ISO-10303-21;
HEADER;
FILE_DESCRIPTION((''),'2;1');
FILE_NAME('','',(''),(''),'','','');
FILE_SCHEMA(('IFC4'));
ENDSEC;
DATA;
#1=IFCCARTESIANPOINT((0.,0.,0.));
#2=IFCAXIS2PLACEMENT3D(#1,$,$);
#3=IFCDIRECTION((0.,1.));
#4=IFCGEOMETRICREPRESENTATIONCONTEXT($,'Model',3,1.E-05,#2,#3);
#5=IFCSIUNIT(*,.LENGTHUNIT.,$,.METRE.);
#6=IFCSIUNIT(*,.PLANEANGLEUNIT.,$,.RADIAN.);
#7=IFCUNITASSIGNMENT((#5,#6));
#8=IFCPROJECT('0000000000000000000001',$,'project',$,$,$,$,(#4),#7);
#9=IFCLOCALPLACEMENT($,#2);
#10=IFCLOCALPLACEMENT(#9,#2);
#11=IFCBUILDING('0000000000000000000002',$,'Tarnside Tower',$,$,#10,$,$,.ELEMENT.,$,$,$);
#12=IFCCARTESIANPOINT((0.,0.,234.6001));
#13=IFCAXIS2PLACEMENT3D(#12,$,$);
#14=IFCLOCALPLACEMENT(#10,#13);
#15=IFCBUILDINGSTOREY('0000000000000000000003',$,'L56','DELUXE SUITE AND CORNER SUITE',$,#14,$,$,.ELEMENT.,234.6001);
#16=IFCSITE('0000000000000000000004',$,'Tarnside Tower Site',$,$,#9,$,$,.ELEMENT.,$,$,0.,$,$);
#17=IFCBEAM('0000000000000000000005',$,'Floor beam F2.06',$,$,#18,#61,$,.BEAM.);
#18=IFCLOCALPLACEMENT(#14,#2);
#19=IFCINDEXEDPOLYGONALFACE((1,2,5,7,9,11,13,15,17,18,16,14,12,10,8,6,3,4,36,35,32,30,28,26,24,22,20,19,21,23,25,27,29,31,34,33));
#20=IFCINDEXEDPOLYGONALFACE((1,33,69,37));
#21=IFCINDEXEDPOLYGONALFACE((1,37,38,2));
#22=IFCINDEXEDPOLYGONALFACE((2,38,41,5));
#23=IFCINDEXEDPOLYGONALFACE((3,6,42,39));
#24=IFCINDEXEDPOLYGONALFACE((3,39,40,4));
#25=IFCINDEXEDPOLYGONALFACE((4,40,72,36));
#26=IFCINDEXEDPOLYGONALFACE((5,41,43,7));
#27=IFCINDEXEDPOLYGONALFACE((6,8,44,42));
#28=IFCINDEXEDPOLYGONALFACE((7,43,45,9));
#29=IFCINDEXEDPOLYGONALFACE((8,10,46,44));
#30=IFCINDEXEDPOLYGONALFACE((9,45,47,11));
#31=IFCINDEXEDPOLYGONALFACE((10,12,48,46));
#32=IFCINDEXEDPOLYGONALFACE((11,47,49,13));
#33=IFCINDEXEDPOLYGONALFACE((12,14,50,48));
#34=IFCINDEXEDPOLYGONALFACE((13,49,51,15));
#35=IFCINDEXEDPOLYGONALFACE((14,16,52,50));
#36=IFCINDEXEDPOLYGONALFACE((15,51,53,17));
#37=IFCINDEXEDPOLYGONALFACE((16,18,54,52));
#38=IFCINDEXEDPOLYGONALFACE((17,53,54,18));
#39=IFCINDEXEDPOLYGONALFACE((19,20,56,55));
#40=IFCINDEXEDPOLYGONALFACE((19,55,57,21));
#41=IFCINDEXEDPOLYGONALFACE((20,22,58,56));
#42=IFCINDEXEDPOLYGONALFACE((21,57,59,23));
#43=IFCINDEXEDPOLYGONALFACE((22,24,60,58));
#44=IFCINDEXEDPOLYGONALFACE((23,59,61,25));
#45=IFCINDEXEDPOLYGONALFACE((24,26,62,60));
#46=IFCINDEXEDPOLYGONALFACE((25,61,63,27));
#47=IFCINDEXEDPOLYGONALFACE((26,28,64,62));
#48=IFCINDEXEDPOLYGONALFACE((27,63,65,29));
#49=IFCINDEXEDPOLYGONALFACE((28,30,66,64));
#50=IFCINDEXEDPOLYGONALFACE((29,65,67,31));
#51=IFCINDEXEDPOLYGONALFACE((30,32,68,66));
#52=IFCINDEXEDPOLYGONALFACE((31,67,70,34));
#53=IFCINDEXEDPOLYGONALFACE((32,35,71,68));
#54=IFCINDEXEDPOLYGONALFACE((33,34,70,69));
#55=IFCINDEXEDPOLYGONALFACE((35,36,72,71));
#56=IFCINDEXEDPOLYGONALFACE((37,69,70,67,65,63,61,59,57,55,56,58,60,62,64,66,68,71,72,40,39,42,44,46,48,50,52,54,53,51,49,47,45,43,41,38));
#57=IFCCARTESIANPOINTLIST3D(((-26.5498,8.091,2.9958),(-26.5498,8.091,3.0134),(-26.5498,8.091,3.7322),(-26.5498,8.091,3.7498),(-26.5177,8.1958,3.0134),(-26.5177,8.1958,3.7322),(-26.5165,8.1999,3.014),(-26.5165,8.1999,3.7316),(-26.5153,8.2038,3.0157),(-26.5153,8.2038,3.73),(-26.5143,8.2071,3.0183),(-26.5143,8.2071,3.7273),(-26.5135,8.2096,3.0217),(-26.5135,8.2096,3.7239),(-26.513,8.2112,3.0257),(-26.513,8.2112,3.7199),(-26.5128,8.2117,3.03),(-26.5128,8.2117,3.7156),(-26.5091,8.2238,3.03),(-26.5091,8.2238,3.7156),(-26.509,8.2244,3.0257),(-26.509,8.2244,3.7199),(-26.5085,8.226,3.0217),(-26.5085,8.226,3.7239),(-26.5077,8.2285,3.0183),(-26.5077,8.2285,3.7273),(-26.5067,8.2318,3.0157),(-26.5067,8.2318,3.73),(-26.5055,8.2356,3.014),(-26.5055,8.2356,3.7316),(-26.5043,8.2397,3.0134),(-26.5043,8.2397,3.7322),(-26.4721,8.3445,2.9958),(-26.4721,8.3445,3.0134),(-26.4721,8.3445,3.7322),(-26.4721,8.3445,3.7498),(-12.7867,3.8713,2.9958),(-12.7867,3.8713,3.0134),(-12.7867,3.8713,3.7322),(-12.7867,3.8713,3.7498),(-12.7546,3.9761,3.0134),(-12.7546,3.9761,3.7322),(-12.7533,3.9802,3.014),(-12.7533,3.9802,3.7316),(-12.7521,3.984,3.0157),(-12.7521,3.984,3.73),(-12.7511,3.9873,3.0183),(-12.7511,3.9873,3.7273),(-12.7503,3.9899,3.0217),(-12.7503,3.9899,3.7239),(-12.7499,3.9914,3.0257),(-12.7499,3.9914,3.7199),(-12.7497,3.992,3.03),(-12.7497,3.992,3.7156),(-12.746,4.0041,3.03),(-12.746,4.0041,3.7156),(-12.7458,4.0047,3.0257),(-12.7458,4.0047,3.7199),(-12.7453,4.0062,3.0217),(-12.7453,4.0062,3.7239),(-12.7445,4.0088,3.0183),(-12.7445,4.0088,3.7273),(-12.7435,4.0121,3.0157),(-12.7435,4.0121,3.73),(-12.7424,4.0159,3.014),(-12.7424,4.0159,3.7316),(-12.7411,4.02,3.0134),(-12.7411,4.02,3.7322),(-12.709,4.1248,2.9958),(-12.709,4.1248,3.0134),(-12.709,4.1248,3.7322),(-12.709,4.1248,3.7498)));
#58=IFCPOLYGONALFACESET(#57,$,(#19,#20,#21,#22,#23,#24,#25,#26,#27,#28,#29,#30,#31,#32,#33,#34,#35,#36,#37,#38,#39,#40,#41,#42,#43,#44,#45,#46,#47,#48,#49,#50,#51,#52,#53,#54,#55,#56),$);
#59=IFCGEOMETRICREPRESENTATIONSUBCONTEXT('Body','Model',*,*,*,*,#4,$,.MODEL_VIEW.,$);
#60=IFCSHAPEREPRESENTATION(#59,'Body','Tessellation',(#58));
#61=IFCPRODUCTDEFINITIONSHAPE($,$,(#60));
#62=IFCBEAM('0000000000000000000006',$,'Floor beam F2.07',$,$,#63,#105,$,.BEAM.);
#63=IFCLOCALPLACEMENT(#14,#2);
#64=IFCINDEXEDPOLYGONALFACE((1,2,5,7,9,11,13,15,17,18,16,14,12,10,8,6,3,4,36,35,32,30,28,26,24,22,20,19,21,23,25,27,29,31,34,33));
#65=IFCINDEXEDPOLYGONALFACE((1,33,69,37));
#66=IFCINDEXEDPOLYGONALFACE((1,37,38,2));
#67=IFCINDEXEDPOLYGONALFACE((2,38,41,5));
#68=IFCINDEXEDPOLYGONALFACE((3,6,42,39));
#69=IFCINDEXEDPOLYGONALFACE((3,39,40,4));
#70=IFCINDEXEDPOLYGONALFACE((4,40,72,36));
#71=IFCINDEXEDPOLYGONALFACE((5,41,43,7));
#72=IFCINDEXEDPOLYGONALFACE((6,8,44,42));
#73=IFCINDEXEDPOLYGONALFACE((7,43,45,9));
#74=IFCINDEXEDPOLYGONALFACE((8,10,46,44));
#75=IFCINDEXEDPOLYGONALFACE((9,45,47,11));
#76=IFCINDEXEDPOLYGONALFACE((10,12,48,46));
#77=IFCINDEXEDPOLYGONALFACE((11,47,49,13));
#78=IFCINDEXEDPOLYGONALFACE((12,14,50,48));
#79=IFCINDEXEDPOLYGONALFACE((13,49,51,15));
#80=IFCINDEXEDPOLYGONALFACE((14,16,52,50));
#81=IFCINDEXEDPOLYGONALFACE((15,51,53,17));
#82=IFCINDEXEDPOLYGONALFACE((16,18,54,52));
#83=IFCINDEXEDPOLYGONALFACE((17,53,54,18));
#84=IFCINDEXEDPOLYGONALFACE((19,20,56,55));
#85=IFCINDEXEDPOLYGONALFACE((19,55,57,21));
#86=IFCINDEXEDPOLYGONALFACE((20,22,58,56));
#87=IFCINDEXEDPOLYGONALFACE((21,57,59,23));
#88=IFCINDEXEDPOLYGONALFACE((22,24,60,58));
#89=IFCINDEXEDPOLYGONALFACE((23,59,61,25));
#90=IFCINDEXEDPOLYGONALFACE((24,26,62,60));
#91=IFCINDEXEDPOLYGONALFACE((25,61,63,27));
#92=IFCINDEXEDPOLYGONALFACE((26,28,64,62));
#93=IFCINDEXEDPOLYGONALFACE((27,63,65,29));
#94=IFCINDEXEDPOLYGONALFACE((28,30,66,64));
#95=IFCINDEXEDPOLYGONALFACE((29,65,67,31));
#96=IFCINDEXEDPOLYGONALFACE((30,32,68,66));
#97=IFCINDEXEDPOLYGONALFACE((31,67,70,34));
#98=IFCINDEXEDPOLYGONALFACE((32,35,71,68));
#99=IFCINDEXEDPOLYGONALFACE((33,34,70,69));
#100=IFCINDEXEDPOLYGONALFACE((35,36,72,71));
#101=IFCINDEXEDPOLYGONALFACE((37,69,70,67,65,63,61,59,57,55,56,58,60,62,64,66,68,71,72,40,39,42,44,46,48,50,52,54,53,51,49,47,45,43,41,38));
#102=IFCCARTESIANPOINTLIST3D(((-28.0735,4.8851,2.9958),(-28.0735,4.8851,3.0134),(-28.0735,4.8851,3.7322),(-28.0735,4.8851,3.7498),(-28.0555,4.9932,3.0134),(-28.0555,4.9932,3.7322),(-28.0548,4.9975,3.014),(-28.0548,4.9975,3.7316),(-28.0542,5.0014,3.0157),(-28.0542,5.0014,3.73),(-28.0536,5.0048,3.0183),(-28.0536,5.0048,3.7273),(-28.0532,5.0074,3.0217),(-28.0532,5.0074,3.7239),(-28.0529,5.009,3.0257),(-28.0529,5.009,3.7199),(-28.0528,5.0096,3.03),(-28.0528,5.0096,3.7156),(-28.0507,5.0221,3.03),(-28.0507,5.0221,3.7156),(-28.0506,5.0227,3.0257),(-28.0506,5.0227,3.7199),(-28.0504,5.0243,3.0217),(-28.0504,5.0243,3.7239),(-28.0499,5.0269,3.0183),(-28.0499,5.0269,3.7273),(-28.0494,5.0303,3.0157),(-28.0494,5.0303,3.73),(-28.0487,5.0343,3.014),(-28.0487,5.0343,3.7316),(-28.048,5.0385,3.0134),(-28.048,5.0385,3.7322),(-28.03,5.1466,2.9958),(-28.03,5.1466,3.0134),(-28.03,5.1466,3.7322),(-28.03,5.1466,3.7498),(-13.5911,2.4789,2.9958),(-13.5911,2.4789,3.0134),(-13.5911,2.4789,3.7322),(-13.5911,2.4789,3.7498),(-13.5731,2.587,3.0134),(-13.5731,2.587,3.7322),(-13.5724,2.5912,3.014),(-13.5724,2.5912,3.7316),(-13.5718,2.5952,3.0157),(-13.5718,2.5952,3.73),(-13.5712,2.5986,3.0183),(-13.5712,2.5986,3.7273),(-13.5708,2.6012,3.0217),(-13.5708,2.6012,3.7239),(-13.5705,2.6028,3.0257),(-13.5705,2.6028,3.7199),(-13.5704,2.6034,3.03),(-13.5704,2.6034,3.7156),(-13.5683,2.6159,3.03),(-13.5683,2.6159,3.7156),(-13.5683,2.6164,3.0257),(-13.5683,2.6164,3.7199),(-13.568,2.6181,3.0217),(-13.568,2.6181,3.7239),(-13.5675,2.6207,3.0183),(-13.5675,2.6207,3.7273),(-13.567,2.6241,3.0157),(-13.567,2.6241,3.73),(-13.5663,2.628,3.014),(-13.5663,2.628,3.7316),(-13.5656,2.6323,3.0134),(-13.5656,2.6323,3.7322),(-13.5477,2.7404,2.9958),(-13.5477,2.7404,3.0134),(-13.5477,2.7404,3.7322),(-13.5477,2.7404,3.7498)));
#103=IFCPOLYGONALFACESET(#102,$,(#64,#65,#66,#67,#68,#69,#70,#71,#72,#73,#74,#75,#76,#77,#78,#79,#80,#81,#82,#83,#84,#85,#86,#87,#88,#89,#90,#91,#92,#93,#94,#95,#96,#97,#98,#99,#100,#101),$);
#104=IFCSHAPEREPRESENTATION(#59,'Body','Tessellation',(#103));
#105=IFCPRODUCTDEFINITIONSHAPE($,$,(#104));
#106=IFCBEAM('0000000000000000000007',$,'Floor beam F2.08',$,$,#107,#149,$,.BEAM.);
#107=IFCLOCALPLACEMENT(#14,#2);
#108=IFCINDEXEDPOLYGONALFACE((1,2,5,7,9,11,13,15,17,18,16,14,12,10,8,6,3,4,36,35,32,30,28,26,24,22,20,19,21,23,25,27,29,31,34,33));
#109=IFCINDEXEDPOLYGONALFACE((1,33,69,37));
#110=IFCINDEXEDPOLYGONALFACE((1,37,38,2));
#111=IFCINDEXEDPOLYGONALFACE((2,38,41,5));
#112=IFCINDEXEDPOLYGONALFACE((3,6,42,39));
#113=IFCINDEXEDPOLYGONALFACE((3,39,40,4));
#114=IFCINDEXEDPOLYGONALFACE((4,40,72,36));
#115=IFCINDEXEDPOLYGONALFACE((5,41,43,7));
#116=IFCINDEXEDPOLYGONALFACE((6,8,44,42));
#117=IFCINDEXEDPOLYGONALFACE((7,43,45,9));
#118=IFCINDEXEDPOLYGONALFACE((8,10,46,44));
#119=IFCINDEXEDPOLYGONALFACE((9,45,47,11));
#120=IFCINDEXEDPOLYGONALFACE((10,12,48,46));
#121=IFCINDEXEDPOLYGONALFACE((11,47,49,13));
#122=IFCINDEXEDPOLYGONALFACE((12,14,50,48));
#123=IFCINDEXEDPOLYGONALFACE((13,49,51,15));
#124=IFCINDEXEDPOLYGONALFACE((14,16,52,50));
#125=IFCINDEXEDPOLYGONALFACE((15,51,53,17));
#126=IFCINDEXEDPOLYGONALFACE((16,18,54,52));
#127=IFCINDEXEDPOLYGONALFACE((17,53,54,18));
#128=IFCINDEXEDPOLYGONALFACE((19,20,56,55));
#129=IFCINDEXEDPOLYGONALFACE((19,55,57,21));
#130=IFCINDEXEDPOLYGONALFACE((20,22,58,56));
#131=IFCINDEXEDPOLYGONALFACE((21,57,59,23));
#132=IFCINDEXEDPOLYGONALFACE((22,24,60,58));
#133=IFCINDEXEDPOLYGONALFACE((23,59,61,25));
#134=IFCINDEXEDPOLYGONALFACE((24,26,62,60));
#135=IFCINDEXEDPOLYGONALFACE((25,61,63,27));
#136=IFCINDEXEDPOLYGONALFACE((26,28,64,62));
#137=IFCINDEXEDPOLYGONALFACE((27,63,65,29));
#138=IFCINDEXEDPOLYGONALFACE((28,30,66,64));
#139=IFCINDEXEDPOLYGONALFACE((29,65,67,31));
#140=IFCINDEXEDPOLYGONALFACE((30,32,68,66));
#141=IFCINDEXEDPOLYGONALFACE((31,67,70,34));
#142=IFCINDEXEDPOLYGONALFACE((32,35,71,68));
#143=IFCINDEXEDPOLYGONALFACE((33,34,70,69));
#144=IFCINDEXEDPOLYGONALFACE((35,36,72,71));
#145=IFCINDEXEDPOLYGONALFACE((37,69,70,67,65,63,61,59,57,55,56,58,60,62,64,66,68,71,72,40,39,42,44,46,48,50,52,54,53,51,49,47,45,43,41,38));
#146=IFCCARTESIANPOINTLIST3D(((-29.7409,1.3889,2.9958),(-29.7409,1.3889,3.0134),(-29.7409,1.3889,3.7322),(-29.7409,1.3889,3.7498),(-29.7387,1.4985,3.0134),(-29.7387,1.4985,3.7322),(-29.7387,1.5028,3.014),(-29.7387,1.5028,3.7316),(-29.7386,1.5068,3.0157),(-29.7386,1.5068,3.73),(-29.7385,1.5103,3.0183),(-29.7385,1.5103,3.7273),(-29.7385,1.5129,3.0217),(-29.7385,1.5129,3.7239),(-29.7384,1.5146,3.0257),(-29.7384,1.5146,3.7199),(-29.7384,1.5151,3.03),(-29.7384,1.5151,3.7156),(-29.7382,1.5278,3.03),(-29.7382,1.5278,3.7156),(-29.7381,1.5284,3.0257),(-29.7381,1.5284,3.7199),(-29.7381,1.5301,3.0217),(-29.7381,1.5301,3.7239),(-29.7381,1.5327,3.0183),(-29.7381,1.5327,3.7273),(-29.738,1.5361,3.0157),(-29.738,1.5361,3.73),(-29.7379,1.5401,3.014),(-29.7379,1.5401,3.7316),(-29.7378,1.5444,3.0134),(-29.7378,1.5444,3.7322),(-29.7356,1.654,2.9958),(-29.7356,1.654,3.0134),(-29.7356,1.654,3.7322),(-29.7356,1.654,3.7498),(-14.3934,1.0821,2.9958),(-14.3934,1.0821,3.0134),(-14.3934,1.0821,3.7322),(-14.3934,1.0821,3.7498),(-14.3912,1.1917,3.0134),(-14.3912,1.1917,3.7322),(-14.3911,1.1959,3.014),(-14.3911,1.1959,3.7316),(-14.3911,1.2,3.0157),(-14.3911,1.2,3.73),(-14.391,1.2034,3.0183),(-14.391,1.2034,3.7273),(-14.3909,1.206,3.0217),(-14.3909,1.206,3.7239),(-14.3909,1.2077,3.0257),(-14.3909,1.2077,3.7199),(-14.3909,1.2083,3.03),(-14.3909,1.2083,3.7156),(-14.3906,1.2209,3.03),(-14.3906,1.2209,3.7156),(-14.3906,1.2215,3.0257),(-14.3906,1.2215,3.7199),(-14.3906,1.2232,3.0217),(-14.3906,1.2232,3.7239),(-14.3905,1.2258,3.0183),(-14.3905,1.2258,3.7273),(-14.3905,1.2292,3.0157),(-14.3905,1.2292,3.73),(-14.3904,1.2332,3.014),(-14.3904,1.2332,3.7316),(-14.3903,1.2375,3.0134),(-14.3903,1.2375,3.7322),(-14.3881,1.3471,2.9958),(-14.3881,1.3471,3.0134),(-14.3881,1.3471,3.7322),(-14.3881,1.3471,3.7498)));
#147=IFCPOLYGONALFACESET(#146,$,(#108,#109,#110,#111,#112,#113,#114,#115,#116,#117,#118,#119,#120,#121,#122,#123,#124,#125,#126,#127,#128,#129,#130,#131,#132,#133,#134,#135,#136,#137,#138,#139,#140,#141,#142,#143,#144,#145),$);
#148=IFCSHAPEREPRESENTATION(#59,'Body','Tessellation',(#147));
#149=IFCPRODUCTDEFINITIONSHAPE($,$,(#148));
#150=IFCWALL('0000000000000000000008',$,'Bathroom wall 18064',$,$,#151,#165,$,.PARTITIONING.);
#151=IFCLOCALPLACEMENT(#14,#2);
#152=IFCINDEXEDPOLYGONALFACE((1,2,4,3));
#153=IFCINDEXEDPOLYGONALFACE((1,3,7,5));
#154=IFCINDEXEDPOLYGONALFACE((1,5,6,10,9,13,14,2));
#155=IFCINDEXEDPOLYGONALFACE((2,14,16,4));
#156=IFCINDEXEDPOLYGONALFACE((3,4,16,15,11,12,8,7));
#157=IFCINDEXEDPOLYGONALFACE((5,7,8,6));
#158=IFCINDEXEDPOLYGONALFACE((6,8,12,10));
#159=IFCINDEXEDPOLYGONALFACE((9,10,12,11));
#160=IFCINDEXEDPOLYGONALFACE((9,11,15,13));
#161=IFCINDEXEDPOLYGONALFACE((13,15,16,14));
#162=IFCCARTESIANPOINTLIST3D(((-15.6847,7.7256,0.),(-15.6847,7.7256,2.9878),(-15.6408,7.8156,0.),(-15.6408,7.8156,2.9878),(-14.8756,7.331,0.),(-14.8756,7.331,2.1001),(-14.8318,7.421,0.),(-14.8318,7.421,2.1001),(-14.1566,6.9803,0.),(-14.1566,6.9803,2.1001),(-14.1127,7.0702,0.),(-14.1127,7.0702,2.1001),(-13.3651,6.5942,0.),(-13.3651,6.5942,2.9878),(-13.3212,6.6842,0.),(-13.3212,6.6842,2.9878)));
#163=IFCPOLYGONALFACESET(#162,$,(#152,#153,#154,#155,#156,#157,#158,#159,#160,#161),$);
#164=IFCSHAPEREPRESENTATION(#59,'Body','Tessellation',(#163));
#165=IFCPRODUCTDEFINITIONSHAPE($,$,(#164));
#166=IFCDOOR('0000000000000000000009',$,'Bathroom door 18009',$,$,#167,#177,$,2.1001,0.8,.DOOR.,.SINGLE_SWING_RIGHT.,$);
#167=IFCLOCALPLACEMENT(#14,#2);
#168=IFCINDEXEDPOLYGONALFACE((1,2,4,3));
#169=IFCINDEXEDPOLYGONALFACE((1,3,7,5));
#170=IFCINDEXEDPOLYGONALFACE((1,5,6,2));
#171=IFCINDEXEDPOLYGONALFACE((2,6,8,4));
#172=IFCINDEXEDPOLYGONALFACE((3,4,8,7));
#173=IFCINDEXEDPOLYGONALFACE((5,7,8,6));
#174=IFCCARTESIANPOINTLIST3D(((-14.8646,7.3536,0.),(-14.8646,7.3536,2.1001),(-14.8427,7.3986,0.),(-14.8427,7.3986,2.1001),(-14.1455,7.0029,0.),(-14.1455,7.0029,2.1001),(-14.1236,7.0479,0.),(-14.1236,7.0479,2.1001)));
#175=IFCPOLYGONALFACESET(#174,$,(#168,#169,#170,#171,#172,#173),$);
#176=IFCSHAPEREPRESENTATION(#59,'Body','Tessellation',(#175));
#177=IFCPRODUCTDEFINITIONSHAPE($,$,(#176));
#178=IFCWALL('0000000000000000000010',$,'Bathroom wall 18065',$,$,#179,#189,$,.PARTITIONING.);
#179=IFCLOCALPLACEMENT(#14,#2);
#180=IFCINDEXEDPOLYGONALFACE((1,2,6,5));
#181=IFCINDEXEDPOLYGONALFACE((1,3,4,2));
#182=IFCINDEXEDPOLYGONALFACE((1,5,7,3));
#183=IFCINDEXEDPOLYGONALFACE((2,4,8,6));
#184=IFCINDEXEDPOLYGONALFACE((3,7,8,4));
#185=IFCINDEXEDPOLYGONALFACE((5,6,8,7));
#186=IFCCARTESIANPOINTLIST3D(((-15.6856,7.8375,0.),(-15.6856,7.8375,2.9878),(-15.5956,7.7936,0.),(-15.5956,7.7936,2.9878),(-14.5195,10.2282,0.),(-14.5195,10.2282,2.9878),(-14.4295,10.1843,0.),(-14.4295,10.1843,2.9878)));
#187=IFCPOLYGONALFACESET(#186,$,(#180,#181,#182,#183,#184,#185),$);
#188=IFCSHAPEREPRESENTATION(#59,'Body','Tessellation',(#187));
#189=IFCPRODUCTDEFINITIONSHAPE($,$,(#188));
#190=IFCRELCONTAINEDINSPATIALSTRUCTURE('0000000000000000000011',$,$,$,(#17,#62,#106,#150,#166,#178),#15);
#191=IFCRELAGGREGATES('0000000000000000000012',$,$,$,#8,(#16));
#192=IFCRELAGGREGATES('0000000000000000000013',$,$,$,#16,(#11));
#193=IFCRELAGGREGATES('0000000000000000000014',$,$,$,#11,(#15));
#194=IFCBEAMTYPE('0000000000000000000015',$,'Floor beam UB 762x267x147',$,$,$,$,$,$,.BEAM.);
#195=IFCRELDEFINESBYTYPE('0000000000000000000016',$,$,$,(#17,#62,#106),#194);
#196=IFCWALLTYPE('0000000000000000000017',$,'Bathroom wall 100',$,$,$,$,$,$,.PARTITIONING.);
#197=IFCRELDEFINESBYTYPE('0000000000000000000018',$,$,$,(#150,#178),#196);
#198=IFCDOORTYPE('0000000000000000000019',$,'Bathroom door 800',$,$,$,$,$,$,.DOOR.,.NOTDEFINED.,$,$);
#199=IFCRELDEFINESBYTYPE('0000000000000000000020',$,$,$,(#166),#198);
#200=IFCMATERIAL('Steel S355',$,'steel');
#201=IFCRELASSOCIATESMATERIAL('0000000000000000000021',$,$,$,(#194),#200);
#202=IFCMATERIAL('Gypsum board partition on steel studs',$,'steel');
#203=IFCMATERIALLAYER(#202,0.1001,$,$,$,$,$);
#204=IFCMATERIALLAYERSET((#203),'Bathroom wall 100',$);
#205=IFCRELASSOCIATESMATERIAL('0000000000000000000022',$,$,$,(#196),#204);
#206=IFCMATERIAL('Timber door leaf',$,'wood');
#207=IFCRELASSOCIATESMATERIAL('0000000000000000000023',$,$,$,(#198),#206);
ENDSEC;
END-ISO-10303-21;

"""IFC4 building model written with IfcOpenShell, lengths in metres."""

from ifc_helpers import new_model, si_unit, direction, frame, frame_2d, origin, origin_2d, place, context, subcontext, project, spatial, rectangle, i_section, extrude, material, layer, layer_set, material_profile, profile_set, type_object, element, fill, save


model = new_model("IFC4")

# Units and contexts
model_context = context("Model", 3, precision=1e-05, world=origin(), true_north=direction((0.0, 1.0)))
body_context = subcontext(model_context, "Body", "Model", "MODEL_VIEW")
ifc_project = project(units=[si_unit("LENGTHUNIT", "METRE"), si_unit("PLANEANGLEUNIT", "RADIAN")], contexts=[model_context])

# Site, building, storey
site_placement = place(None, origin())
site = spatial("IfcSite", under=ifc_project, at=site_placement, Name="Tarnside Tower Site", CompositionType="ELEMENT", RefElevation=0.0)
building_placement = place(site_placement, origin())
building = spatial("IfcBuilding", under=site, at=building_placement, Name="Tarnside Tower", CompositionType="ELEMENT")
storey_placement = place(building_placement, frame((0.0, 0.0, 234.6001)))
storey = spatial("IfcBuildingStorey", under=building, at=storey_placement, Name="L56", Description="DELUXE SUITE AND CORNER SUITE", CompositionType="ELEMENT", Elevation=234.6001)

# Beams
ifc_material_1 = material(Name="Steel S355", Category="steel")
ifc_material_profile = material_profile(ifc_material_1, i_section(OverallWidth=0.2651, OverallDepth=0.7539, WebThickness=0.0127, FlangeThickness=0.0176, FilletRadius=0.0166, at=origin_2d()), Name="UB 762x267x147")
ifc_profile_set = profile_set([ifc_material_profile], Name="Steel S355")
beam_type = type_object("IfcBeamType", Name="Floor beam UB 762x267x147", PredefinedType="BEAM", material=ifc_profile_set)
beam_1_placement = place(storey_placement, frame((-26.511, 8.2178, 3.3728), z_axis=(0.956073, -0.293128, 0.0), x_axis=(0.293128, 0.956073, 0.0)))
element("IfcBeam", 1, at=beam_1_placement, inside=storey, type_object=beam_type, Name="Floor beam F2.06", PredefinedType="BEAM", context=body_context, shape_type="SweptSolid", body=[
    extrude(i_section(OverallWidth=0.2651, OverallDepth=0.7539, WebThickness=0.0127, FlangeThickness=0.0176, FilletRadius=0.0166, at=origin_2d()), origin(), (0.0, 0.0, 1.0), 14.3955),
])
beam_2_placement = place(storey_placement, frame((-28.0518, 5.0159, 3.3728), z_axis=(0.986476, -0.163903, 0.0), x_axis=(0.163903, 0.986476, 0.0)))
element("IfcBeam", 2, at=beam_2_placement, inside=storey, type_object=beam_type, Name="Floor beam F2.07", PredefinedType="BEAM", context=body_context, shape_type="SweptSolid", body=[
    extrude(i_section(OverallWidth=0.2651, OverallDepth=0.7539, WebThickness=0.0127, FlangeThickness=0.0176, FilletRadius=0.0166, at=origin_2d()), origin(), (0.0, 0.0, 1.0), 14.6809),
])
beam_3_placement = place(storey_placement, frame((-29.7383, 1.5215, 3.3728), z_axis=(0.9998, -0.019992, 0.0), x_axis=(0.019992, 0.9998, 0.0)))
element("IfcBeam", 3, at=beam_3_placement, inside=storey, type_object=beam_type, Name="Floor beam F2.08", PredefinedType="BEAM", context=body_context, shape_type="SweptSolid", body=[
    extrude(i_section(OverallWidth=0.2651, OverallDepth=0.7539, WebThickness=0.0127, FlangeThickness=0.0176, FilletRadius=0.0166, at=origin_2d()), origin(), (0.0, 0.0, 1.0), 15.3506),
])

# Wall, opening, door
ifc_material_2 = material(Name="Gypsum board partition on steel studs", Category="steel")
ifc_layer_1 = layer(ifc_material_2, 0.1001)
ifc_layer_set_1 = layer_set([ifc_layer_1], Name="Bathroom wall 100")
wall_type_1 = type_object("IfcWallType", Name="Bathroom wall 100", PredefinedType="PARTITIONING", material=ifc_layer_set_1)
wall_1_placement = place(storey_placement, frame((-13.343, 6.6392, 0.0), z_axis=(0.0, 0.0, 1.0), x_axis=(-0.898792, 0.438375, 0.0)))
wall_1 = element("IfcWall", 4, at=wall_1_placement, inside=storey, type_object=wall_type_1, Name="Bathroom wall 18064", PredefinedType="PARTITIONING", context=body_context, shape_type="SweptSolid", body=[
    extrude(rectangle(XDim=2.5808, YDim=0.1001, at=frame_2d((1.2905, 0.0))), origin(), (0.0, 0.0, 1.0), 2.9878),
])
opening_1_placement = place(wall_1_placement, frame((0.8809, 0.0, 0.0)))
opening_1 = element("IfcOpeningElement", 5, at=opening_1_placement, cuts=wall_1, PredefinedType="OPENING", context=body_context, shape_type="SweptSolid", body=[
    extrude(rectangle(XDim=0.8, YDim=2.1001, at=frame_2d((0.3999, 1.05))), frame((0.0, 0.0601, 0.0), z_axis=(0.0, -1.0, 0.0), x_axis=(1.0, 0.0, 0.0)), (0.0, 0.0, 1.0), 0.1201),
])
ifc_material_3 = material(Name="Timber door leaf", Category="wood")
door_type_1 = type_object("IfcDoorType", Name="Bathroom door 800", OperationType="NOTDEFINED", PredefinedType="DOOR", material=ifc_material_3)
door_1_placement = place(opening_1_placement, origin())
door_1 = element("IfcDoor", 6, at=door_1_placement, inside=storey, type_object=door_type_1, Name="Bathroom door 18009", OperationType="SINGLE_SWING_RIGHT", OverallHeight=2.1001, OverallWidth=0.8, PredefinedType="DOOR", context=body_context, shape_type="SweptSolid", body=[
    extrude(rectangle(XDim=0.8, YDim=2.1001, at=frame_2d((0.3999, 1.05))), frame((0.0, 0.0249, 0.0), z_axis=(0.0, -1.0, 0.0), x_axis=(1.0, 0.0, 0.0)), (0.0, 0.0, 1.0), 0.05),
])
fill(opening_1, door_1)

# Wall
wall_2_placement = place(storey_placement, frame((-15.6406, 7.8154, 0.0), z_axis=(0.0, 0.0, 1.0), x_axis=(0.43838, 0.89879, 0.0)))
element("IfcWall", 7, at=wall_2_placement, inside=storey, type_object=wall_type_1, Name="Bathroom wall 18065", PredefinedType="PARTITIONING", context=body_context, shape_type="SweptSolid", body=[
    extrude(rectangle(XDim=2.6599, YDim=0.1001, at=frame_2d((1.3301, 0.0))), origin(), (0.0, 0.0, 1.0), 2.9878),
])

save(model, "model.ifc")
